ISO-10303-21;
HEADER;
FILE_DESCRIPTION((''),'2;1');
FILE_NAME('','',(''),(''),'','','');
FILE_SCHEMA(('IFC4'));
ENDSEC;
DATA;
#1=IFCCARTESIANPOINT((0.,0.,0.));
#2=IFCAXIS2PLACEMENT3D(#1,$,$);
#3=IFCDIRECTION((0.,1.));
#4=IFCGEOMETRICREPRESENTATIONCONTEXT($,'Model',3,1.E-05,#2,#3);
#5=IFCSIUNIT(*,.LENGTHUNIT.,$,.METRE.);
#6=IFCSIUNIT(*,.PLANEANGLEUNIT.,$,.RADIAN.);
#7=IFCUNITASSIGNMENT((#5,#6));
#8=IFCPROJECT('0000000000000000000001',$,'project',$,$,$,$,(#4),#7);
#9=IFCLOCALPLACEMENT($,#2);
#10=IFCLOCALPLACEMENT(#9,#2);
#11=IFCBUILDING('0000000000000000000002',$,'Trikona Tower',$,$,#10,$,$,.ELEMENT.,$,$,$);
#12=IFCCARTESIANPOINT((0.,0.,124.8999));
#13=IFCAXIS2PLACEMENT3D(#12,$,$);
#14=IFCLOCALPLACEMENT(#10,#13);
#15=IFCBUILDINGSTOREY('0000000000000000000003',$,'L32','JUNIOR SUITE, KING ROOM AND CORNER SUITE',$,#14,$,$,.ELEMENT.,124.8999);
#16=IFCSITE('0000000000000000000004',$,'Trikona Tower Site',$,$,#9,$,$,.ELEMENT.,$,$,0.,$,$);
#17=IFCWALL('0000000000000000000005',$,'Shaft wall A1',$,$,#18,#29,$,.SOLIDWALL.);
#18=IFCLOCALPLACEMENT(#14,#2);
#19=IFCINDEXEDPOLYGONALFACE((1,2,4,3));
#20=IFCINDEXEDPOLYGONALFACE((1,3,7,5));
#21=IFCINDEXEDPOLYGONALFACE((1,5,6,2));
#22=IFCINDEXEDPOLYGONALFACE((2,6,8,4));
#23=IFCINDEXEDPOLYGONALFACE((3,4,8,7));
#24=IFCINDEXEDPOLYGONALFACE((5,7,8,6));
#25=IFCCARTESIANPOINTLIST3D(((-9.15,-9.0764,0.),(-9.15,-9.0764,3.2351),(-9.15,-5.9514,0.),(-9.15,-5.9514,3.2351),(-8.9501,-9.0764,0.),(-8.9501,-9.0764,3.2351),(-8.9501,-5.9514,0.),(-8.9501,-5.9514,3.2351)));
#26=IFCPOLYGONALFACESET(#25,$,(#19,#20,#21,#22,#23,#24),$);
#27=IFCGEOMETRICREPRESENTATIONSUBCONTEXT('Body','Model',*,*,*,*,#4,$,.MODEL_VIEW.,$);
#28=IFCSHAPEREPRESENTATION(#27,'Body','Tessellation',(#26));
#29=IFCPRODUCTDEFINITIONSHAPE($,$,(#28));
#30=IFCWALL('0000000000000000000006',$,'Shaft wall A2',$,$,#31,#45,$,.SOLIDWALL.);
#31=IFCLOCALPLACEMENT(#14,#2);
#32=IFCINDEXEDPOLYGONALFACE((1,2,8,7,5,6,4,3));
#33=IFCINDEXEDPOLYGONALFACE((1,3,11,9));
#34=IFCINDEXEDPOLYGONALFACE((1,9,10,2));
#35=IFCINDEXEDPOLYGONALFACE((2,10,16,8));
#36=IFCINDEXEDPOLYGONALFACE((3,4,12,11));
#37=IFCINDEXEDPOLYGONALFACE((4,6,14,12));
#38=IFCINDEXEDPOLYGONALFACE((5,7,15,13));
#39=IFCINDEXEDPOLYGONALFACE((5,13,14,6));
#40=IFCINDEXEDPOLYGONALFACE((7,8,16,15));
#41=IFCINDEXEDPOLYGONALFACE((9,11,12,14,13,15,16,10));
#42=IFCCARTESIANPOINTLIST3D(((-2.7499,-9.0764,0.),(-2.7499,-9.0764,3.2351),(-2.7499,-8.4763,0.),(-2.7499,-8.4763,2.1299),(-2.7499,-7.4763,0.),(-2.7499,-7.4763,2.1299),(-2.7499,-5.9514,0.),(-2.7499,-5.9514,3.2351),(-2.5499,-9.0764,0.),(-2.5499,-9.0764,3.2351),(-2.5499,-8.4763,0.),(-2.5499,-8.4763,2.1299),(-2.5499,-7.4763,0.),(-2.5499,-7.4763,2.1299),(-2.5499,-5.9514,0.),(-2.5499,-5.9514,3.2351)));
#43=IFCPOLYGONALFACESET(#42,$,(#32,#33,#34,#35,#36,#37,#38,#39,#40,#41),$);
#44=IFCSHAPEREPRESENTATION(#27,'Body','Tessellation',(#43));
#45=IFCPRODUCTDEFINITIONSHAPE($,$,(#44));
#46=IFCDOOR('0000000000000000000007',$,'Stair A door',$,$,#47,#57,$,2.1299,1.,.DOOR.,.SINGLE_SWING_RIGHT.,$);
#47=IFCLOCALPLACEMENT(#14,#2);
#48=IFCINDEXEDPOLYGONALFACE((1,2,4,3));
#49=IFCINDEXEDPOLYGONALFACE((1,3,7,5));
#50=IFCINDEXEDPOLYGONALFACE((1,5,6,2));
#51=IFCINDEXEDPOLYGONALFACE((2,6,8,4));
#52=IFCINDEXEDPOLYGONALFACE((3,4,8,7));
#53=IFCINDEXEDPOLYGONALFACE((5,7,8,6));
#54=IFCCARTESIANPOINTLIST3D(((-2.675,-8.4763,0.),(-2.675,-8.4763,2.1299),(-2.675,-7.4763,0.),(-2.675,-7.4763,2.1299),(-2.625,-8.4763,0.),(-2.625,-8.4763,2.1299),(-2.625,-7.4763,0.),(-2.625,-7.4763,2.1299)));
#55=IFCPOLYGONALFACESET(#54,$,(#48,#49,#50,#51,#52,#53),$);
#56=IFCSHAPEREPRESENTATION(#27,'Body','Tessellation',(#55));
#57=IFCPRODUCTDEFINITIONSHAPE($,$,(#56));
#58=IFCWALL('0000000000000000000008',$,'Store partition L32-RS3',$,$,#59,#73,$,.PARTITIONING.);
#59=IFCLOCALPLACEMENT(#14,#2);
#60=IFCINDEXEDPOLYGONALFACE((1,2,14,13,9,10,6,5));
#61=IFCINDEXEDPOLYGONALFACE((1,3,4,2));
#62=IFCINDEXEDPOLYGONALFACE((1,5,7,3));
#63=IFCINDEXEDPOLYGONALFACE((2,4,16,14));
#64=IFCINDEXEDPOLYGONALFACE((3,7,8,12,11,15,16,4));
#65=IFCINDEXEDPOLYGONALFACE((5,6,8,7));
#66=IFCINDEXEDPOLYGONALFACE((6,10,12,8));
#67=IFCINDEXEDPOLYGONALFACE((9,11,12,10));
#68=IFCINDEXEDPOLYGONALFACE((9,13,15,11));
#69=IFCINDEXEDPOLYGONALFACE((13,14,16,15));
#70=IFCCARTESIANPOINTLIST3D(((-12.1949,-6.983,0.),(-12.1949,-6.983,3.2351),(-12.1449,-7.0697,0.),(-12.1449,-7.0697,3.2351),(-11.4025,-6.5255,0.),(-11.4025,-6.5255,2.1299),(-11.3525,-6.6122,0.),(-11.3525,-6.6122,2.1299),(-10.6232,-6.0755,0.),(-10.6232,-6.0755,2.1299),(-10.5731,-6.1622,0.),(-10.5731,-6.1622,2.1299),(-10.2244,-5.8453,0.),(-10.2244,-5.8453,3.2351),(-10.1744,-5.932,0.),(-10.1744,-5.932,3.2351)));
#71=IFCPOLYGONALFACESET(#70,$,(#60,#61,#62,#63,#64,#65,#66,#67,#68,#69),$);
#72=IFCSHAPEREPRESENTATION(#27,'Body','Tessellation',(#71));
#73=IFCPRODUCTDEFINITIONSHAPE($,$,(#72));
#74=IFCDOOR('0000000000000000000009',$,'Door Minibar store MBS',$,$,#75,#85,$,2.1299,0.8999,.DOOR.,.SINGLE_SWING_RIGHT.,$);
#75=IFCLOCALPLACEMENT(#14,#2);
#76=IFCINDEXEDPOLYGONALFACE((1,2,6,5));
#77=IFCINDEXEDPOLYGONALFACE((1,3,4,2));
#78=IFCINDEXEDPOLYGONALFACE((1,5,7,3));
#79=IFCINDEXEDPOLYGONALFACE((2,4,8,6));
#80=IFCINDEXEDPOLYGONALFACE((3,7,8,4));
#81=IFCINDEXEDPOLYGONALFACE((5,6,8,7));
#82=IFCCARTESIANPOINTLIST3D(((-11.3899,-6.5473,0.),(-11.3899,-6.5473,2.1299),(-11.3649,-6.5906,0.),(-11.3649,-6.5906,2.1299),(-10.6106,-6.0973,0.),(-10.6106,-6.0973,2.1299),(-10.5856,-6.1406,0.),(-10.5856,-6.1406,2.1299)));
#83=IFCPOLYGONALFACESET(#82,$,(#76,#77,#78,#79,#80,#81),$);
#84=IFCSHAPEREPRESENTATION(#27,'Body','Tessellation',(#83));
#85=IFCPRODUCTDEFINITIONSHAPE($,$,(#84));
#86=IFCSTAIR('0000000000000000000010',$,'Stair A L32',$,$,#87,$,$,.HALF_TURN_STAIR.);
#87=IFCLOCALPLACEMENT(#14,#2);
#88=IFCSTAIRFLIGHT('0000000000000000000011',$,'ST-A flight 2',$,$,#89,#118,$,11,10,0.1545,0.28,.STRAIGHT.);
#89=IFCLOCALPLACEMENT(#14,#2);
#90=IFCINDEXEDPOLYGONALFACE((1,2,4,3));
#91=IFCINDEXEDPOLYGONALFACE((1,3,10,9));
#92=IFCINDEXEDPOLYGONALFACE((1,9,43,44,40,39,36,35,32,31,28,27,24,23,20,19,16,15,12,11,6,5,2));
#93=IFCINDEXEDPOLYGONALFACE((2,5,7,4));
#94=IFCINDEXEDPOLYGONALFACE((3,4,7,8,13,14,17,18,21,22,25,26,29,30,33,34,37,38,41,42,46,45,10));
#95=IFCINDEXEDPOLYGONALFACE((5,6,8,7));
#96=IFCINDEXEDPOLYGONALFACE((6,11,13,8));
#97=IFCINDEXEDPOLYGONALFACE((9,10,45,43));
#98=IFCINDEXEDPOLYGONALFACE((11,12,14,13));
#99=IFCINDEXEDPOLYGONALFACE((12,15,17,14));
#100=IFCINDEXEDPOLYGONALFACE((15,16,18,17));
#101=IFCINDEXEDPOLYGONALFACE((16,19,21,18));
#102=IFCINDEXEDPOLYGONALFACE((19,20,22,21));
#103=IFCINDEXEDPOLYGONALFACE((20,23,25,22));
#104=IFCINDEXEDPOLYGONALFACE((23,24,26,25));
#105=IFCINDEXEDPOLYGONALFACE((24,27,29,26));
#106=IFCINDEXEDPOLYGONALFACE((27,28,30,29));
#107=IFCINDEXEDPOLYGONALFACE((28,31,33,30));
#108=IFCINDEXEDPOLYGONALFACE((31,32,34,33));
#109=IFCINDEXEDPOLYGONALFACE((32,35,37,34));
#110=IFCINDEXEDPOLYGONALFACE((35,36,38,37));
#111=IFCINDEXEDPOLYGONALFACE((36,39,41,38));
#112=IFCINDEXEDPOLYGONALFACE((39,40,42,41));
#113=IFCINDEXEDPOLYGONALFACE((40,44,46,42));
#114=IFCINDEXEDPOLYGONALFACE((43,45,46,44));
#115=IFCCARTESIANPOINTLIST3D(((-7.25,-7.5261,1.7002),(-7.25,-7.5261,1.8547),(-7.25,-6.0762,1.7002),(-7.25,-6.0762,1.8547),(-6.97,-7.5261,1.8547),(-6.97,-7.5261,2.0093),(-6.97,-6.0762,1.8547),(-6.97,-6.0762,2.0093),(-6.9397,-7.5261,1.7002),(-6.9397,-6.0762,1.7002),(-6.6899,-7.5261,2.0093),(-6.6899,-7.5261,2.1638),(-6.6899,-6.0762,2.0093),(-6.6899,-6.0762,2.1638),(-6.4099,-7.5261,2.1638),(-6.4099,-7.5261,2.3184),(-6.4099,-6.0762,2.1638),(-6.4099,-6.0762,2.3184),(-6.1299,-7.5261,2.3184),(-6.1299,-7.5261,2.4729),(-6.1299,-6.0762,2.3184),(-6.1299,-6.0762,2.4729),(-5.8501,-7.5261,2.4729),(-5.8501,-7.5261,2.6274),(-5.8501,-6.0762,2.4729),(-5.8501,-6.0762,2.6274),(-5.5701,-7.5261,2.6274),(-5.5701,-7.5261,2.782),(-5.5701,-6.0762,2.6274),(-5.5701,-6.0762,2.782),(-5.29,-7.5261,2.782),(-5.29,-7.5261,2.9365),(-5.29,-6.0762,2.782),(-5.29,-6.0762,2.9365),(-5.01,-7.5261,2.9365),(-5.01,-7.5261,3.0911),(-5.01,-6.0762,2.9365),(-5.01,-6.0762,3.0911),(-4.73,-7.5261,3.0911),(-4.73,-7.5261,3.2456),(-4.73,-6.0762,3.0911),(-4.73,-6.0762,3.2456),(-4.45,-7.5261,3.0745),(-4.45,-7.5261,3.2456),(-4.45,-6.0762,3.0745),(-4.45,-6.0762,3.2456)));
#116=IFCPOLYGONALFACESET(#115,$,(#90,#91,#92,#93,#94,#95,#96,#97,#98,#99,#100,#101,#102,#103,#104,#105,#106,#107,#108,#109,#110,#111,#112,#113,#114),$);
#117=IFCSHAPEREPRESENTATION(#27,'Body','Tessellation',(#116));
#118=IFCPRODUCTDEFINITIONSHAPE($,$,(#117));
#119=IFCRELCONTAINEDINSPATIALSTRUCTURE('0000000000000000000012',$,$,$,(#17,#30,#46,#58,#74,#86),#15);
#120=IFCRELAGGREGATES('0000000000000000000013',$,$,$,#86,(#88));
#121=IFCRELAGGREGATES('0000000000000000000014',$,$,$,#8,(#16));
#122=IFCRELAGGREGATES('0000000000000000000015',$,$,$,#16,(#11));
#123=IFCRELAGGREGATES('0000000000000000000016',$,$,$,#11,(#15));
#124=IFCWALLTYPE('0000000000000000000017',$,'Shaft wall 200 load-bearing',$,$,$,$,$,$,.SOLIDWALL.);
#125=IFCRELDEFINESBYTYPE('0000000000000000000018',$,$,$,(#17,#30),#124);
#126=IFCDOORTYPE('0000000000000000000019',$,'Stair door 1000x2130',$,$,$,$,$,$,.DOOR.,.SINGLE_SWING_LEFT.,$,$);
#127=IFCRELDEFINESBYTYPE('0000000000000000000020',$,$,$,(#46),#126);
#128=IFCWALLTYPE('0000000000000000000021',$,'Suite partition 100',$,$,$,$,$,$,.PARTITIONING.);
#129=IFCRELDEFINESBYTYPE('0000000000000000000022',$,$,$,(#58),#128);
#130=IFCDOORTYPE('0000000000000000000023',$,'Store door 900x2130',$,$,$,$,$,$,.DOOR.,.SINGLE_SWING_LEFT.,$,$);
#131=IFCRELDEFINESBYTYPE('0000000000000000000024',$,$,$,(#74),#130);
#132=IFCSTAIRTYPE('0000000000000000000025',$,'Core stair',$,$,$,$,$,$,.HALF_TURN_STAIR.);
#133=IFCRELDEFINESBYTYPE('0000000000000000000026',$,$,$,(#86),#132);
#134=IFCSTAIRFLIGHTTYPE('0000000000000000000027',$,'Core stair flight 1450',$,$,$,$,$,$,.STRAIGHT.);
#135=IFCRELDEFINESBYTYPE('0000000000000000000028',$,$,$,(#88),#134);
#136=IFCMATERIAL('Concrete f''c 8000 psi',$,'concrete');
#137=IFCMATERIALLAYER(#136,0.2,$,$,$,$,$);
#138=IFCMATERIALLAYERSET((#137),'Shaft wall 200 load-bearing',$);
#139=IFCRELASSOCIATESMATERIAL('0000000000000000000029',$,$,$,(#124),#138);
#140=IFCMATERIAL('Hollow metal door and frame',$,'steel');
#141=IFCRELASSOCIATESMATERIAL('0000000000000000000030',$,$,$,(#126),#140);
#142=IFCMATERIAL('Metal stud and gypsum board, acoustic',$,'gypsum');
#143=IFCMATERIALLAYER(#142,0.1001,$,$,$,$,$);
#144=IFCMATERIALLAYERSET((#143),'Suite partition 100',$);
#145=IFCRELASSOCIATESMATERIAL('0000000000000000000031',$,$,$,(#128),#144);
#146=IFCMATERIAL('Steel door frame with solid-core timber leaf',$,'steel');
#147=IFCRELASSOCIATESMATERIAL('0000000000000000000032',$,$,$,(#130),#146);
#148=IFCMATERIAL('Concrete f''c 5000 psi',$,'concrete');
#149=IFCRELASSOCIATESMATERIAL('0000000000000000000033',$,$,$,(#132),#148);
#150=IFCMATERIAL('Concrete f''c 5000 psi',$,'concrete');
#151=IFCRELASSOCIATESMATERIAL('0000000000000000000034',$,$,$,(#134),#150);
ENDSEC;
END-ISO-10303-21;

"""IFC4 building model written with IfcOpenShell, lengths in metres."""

from ifc_helpers import new_model, si_unit, direction, frame, frame_2d, origin, place, context, subcontext, project, spatial, polyline, rectangle, outline, extrude, material, layer, layer_set, type_object, element, fill, aggregate, save


model = new_model("IFC4")

# Units and contexts
model_context = context("Model", 3, precision=1e-05, world=origin(), true_north=direction((0.0, 1.0)))
body_context = subcontext(model_context, "Body", "Model", "MODEL_VIEW")
ifc_project = project(units=[si_unit("LENGTHUNIT", "METRE"), si_unit("PLANEANGLEUNIT", "RADIAN")], contexts=[model_context])

# Site, building, storey
site_placement = place(None, origin())
site = spatial("IfcSite", under=ifc_project, at=site_placement, Name="Trikona Tower Site", CompositionType="ELEMENT", RefElevation=0.0)
building_placement = place(site_placement, origin())
building = spatial("IfcBuilding", under=site, at=building_placement, Name="Trikona Tower", CompositionType="ELEMENT")
storey_placement = place(building_placement, frame((0.0, 0.0, 124.8999)))
storey = spatial("IfcBuildingStorey", under=building, at=storey_placement, Name="L32", Description="JUNIOR SUITE, KING ROOM AND CORNER SUITE", CompositionType="ELEMENT", Elevation=124.8999)

# Wall
ifc_material_1 = material(Name="Concrete f'c 8000 psi", Category="concrete")
ifc_layer_1 = layer(ifc_material_1, 0.2)
ifc_layer_set_1 = layer_set([ifc_layer_1], Name="Shaft wall 200 load-bearing")
wall_type_1 = type_object("IfcWallType", Name="Shaft wall 200 load-bearing", PredefinedType="SOLIDWALL", material=ifc_layer_set_1)
wall_1_placement = place(storey_placement, frame((-9.05, -5.9514, 0.0), z_axis=(0.0, 0.0, 1.0), x_axis=(0.0, -1.0, 0.0)))
element("IfcWall", 1, at=wall_1_placement, inside=storey, type_object=wall_type_1, Name="Shaft wall A1", PredefinedType="SOLIDWALL", context=body_context, shape_type="SweptSolid", body=[
    extrude(rectangle(XDim=3.125, YDim=0.2, at=frame_2d((1.5625, 0.0))), origin(), (0.0, 0.0, 1.0), 3.2351),
])

# Walls, openings, doors
wall_2_placement = place(storey_placement, frame((-2.6499, -5.9514, 0.0), z_axis=(0.0, 0.0, 1.0), x_axis=(0.0, -1.0, 0.0)))
wall_2 = element("IfcWall", 2, at=wall_2_placement, inside=storey, type_object=wall_type_1, Name="Shaft wall A2", PredefinedType="SOLIDWALL", context=body_context, shape_type="SweptSolid", body=[
    extrude(rectangle(XDim=3.125, YDim=0.2, at=frame_2d((1.5625, 0.0))), origin(), (0.0, 0.0, 1.0), 3.2351),
])
opening_1_placement = place(wall_2_placement, frame((1.5249, 0.0, 0.0)))
opening_1 = element("IfcOpeningElement", 3, at=opening_1_placement, cuts=wall_2, PredefinedType="OPENING", context=body_context, shape_type="SweptSolid", body=[
    extrude(rectangle(XDim=1.0, YDim=2.1299, at=frame_2d((0.5, 1.0649))), frame((0.0, 0.1099, 0.0), z_axis=(0.0, -1.0, 0.0), x_axis=(1.0, 0.0, 0.0)), (0.0, 0.0, 1.0), 0.22),
])
ifc_material_2 = material(Name="Hollow metal door and frame", Category="steel")
door_type_1 = type_object("IfcDoorType", Name="Stair door 1000x2130", OperationType="SINGLE_SWING_LEFT", PredefinedType="DOOR", material=ifc_material_2)
door_1_placement = place(opening_1_placement, origin())
door_1 = element("IfcDoor", 4, at=door_1_placement, inside=storey, type_object=door_type_1, Name="Stair A door", OperationType="SINGLE_SWING_RIGHT", OverallHeight=2.1299, OverallWidth=1.0, PredefinedType="DOOR", context=body_context, shape_type="SweptSolid", body=[
    extrude(rectangle(XDim=1.0, YDim=2.1299, at=frame_2d((0.5, 1.0649))), frame((0.0, 0.0249, 0.0), z_axis=(0.0, -1.0, 0.0), x_axis=(1.0, 0.0, 0.0)), (0.0, 0.0, 1.0), 0.05),
])
fill(opening_1, door_1)
ifc_material_3 = material(Name="Metal stud and gypsum board, acoustic", Category="gypsum")
ifc_layer_2 = layer(ifc_material_3, 0.1001)
ifc_layer_set_2 = layer_set([ifc_layer_2], Name="Suite partition 100")
wall_type_2 = type_object("IfcWallType", Name="Suite partition 100", PredefinedType="PARTITIONING", material=ifc_layer_set_2)
wall_3_placement = place(storey_placement, frame((-12.1699, -7.0264, 0.0), z_axis=(0.0, 0.0, 1.0), x_axis=(0.866016, 0.500017, 0.0)))
wall_3 = element("IfcWall", 5, at=wall_3_placement, inside=storey, type_object=wall_type_2, Name="Store partition L32-RS3", PredefinedType="PARTITIONING", context=body_context, shape_type="SweptSolid", body=[
    extrude(rectangle(XDim=2.2754, YDim=0.1001, at=frame_2d((1.1377, 0.0))), origin(), (0.0, 0.0, 1.0), 3.2351),
])
opening_2_placement = place(wall_3_placement, frame((0.915, 0.0, 0.0)))
opening_2 = element("IfcOpeningElement", 6, at=opening_2_placement, cuts=wall_3, PredefinedType="OPENING", context=body_context, shape_type="SweptSolid", body=[
    extrude(rectangle(XDim=0.8999, YDim=2.1299, at=frame_2d((0.45, 1.0649))), frame((0.0, 0.0601, 0.0), z_axis=(0.0, -1.0, 0.0), x_axis=(1.0, 0.0, 0.0)), (0.0, 0.0, 1.0), 0.1201),
])
ifc_material_4 = material(Name="Steel door frame with solid-core timber leaf", Category="steel")
door_type_2 = type_object("IfcDoorType", Name="Store door 900x2130", OperationType="SINGLE_SWING_LEFT", PredefinedType="DOOR", material=ifc_material_4)
door_2_placement = place(opening_2_placement, origin())
door_2 = element("IfcDoor", 7, at=door_2_placement, inside=storey, type_object=door_type_2, Name="Door Minibar store MBS", OperationType="SINGLE_SWING_RIGHT", OverallHeight=2.1299, OverallWidth=0.8999, PredefinedType="DOOR", context=body_context, shape_type="SweptSolid", body=[
    extrude(rectangle(XDim=0.8999, YDim=2.1299, at=frame_2d((0.45, 1.0649))), frame((0.0, 0.0249, 0.0), z_axis=(0.0, -1.0, 0.0), x_axis=(1.0, 0.0, 0.0)), (0.0, 0.0, 1.0), 0.05),
])
fill(opening_2, door_2)

# Stair, stair flight
ifc_material_5 = material(Name="Concrete f'c 5000 psi", Category="concrete")
stair_type = type_object("IfcStairType", Name="Core stair", PredefinedType="HALF_TURN_STAIR", material=ifc_material_5)
stair_placement = place(storey_placement, origin())
stair = element("IfcStair", 8, at=stair_placement, inside=storey, type_object=stair_type, Name="Stair A L32", PredefinedType="HALF_TURN_STAIR")
ifc_material_6 = material(Name="Concrete f'c 5000 psi", Category="concrete")
stair_flight_type = type_object("IfcStairFlightType", Name="Core stair flight 1450", PredefinedType="STRAIGHT", material=ifc_material_6)
stair_flight_placement = place(storey_placement, frame((-7.25, -6.8013, 1.7002), z_axis=(0.0, 0.0, 1.0), x_axis=(1.0, 0.0, 0.0)))
stair_flight = element("IfcStairFlight", 9, at=stair_flight_placement, type_object=stair_flight_type, Name="ST-A flight 2", NumberOfRisers=11, NumberOfTreads=10, PredefinedType="STRAIGHT", RiserHeight=0.1545, TreadLength=0.28, context=body_context, shape_type="SweptSolid", body=[
    extrude(outline(polyline([(0.0, 0.0), (0.0, 0.1545), (0.28, 0.1545), (0.28, 0.3091), (0.5601, 0.3091), (0.5601, 0.4636), (0.8401, 0.4636), (0.8401, 0.6182), (1.1201, 0.6182), (1.1201, 0.7727), (1.3999, 0.7727), (1.3999, 0.9272), (1.6799, 0.9272), (1.6799, 1.0818), (1.96, 1.0818), (1.96, 1.2363), (2.24, 1.2363), (2.24, 1.3909), (2.52, 1.3909), (2.52, 1.5454), (2.8, 1.5454), (2.8, 1.7), (2.8, 1.3743), (0.3103, 0.0), (0.0, 0.0)])), frame((0.0, 0.7251, 0.0), z_axis=(0.0, -1.0, 0.0), x_axis=(1.0, 0.0, 0.0)), (0.0, 0.0, 1.0), 1.45),
])
aggregate(stair, [stair_flight])

save(model, "model.ifc")
